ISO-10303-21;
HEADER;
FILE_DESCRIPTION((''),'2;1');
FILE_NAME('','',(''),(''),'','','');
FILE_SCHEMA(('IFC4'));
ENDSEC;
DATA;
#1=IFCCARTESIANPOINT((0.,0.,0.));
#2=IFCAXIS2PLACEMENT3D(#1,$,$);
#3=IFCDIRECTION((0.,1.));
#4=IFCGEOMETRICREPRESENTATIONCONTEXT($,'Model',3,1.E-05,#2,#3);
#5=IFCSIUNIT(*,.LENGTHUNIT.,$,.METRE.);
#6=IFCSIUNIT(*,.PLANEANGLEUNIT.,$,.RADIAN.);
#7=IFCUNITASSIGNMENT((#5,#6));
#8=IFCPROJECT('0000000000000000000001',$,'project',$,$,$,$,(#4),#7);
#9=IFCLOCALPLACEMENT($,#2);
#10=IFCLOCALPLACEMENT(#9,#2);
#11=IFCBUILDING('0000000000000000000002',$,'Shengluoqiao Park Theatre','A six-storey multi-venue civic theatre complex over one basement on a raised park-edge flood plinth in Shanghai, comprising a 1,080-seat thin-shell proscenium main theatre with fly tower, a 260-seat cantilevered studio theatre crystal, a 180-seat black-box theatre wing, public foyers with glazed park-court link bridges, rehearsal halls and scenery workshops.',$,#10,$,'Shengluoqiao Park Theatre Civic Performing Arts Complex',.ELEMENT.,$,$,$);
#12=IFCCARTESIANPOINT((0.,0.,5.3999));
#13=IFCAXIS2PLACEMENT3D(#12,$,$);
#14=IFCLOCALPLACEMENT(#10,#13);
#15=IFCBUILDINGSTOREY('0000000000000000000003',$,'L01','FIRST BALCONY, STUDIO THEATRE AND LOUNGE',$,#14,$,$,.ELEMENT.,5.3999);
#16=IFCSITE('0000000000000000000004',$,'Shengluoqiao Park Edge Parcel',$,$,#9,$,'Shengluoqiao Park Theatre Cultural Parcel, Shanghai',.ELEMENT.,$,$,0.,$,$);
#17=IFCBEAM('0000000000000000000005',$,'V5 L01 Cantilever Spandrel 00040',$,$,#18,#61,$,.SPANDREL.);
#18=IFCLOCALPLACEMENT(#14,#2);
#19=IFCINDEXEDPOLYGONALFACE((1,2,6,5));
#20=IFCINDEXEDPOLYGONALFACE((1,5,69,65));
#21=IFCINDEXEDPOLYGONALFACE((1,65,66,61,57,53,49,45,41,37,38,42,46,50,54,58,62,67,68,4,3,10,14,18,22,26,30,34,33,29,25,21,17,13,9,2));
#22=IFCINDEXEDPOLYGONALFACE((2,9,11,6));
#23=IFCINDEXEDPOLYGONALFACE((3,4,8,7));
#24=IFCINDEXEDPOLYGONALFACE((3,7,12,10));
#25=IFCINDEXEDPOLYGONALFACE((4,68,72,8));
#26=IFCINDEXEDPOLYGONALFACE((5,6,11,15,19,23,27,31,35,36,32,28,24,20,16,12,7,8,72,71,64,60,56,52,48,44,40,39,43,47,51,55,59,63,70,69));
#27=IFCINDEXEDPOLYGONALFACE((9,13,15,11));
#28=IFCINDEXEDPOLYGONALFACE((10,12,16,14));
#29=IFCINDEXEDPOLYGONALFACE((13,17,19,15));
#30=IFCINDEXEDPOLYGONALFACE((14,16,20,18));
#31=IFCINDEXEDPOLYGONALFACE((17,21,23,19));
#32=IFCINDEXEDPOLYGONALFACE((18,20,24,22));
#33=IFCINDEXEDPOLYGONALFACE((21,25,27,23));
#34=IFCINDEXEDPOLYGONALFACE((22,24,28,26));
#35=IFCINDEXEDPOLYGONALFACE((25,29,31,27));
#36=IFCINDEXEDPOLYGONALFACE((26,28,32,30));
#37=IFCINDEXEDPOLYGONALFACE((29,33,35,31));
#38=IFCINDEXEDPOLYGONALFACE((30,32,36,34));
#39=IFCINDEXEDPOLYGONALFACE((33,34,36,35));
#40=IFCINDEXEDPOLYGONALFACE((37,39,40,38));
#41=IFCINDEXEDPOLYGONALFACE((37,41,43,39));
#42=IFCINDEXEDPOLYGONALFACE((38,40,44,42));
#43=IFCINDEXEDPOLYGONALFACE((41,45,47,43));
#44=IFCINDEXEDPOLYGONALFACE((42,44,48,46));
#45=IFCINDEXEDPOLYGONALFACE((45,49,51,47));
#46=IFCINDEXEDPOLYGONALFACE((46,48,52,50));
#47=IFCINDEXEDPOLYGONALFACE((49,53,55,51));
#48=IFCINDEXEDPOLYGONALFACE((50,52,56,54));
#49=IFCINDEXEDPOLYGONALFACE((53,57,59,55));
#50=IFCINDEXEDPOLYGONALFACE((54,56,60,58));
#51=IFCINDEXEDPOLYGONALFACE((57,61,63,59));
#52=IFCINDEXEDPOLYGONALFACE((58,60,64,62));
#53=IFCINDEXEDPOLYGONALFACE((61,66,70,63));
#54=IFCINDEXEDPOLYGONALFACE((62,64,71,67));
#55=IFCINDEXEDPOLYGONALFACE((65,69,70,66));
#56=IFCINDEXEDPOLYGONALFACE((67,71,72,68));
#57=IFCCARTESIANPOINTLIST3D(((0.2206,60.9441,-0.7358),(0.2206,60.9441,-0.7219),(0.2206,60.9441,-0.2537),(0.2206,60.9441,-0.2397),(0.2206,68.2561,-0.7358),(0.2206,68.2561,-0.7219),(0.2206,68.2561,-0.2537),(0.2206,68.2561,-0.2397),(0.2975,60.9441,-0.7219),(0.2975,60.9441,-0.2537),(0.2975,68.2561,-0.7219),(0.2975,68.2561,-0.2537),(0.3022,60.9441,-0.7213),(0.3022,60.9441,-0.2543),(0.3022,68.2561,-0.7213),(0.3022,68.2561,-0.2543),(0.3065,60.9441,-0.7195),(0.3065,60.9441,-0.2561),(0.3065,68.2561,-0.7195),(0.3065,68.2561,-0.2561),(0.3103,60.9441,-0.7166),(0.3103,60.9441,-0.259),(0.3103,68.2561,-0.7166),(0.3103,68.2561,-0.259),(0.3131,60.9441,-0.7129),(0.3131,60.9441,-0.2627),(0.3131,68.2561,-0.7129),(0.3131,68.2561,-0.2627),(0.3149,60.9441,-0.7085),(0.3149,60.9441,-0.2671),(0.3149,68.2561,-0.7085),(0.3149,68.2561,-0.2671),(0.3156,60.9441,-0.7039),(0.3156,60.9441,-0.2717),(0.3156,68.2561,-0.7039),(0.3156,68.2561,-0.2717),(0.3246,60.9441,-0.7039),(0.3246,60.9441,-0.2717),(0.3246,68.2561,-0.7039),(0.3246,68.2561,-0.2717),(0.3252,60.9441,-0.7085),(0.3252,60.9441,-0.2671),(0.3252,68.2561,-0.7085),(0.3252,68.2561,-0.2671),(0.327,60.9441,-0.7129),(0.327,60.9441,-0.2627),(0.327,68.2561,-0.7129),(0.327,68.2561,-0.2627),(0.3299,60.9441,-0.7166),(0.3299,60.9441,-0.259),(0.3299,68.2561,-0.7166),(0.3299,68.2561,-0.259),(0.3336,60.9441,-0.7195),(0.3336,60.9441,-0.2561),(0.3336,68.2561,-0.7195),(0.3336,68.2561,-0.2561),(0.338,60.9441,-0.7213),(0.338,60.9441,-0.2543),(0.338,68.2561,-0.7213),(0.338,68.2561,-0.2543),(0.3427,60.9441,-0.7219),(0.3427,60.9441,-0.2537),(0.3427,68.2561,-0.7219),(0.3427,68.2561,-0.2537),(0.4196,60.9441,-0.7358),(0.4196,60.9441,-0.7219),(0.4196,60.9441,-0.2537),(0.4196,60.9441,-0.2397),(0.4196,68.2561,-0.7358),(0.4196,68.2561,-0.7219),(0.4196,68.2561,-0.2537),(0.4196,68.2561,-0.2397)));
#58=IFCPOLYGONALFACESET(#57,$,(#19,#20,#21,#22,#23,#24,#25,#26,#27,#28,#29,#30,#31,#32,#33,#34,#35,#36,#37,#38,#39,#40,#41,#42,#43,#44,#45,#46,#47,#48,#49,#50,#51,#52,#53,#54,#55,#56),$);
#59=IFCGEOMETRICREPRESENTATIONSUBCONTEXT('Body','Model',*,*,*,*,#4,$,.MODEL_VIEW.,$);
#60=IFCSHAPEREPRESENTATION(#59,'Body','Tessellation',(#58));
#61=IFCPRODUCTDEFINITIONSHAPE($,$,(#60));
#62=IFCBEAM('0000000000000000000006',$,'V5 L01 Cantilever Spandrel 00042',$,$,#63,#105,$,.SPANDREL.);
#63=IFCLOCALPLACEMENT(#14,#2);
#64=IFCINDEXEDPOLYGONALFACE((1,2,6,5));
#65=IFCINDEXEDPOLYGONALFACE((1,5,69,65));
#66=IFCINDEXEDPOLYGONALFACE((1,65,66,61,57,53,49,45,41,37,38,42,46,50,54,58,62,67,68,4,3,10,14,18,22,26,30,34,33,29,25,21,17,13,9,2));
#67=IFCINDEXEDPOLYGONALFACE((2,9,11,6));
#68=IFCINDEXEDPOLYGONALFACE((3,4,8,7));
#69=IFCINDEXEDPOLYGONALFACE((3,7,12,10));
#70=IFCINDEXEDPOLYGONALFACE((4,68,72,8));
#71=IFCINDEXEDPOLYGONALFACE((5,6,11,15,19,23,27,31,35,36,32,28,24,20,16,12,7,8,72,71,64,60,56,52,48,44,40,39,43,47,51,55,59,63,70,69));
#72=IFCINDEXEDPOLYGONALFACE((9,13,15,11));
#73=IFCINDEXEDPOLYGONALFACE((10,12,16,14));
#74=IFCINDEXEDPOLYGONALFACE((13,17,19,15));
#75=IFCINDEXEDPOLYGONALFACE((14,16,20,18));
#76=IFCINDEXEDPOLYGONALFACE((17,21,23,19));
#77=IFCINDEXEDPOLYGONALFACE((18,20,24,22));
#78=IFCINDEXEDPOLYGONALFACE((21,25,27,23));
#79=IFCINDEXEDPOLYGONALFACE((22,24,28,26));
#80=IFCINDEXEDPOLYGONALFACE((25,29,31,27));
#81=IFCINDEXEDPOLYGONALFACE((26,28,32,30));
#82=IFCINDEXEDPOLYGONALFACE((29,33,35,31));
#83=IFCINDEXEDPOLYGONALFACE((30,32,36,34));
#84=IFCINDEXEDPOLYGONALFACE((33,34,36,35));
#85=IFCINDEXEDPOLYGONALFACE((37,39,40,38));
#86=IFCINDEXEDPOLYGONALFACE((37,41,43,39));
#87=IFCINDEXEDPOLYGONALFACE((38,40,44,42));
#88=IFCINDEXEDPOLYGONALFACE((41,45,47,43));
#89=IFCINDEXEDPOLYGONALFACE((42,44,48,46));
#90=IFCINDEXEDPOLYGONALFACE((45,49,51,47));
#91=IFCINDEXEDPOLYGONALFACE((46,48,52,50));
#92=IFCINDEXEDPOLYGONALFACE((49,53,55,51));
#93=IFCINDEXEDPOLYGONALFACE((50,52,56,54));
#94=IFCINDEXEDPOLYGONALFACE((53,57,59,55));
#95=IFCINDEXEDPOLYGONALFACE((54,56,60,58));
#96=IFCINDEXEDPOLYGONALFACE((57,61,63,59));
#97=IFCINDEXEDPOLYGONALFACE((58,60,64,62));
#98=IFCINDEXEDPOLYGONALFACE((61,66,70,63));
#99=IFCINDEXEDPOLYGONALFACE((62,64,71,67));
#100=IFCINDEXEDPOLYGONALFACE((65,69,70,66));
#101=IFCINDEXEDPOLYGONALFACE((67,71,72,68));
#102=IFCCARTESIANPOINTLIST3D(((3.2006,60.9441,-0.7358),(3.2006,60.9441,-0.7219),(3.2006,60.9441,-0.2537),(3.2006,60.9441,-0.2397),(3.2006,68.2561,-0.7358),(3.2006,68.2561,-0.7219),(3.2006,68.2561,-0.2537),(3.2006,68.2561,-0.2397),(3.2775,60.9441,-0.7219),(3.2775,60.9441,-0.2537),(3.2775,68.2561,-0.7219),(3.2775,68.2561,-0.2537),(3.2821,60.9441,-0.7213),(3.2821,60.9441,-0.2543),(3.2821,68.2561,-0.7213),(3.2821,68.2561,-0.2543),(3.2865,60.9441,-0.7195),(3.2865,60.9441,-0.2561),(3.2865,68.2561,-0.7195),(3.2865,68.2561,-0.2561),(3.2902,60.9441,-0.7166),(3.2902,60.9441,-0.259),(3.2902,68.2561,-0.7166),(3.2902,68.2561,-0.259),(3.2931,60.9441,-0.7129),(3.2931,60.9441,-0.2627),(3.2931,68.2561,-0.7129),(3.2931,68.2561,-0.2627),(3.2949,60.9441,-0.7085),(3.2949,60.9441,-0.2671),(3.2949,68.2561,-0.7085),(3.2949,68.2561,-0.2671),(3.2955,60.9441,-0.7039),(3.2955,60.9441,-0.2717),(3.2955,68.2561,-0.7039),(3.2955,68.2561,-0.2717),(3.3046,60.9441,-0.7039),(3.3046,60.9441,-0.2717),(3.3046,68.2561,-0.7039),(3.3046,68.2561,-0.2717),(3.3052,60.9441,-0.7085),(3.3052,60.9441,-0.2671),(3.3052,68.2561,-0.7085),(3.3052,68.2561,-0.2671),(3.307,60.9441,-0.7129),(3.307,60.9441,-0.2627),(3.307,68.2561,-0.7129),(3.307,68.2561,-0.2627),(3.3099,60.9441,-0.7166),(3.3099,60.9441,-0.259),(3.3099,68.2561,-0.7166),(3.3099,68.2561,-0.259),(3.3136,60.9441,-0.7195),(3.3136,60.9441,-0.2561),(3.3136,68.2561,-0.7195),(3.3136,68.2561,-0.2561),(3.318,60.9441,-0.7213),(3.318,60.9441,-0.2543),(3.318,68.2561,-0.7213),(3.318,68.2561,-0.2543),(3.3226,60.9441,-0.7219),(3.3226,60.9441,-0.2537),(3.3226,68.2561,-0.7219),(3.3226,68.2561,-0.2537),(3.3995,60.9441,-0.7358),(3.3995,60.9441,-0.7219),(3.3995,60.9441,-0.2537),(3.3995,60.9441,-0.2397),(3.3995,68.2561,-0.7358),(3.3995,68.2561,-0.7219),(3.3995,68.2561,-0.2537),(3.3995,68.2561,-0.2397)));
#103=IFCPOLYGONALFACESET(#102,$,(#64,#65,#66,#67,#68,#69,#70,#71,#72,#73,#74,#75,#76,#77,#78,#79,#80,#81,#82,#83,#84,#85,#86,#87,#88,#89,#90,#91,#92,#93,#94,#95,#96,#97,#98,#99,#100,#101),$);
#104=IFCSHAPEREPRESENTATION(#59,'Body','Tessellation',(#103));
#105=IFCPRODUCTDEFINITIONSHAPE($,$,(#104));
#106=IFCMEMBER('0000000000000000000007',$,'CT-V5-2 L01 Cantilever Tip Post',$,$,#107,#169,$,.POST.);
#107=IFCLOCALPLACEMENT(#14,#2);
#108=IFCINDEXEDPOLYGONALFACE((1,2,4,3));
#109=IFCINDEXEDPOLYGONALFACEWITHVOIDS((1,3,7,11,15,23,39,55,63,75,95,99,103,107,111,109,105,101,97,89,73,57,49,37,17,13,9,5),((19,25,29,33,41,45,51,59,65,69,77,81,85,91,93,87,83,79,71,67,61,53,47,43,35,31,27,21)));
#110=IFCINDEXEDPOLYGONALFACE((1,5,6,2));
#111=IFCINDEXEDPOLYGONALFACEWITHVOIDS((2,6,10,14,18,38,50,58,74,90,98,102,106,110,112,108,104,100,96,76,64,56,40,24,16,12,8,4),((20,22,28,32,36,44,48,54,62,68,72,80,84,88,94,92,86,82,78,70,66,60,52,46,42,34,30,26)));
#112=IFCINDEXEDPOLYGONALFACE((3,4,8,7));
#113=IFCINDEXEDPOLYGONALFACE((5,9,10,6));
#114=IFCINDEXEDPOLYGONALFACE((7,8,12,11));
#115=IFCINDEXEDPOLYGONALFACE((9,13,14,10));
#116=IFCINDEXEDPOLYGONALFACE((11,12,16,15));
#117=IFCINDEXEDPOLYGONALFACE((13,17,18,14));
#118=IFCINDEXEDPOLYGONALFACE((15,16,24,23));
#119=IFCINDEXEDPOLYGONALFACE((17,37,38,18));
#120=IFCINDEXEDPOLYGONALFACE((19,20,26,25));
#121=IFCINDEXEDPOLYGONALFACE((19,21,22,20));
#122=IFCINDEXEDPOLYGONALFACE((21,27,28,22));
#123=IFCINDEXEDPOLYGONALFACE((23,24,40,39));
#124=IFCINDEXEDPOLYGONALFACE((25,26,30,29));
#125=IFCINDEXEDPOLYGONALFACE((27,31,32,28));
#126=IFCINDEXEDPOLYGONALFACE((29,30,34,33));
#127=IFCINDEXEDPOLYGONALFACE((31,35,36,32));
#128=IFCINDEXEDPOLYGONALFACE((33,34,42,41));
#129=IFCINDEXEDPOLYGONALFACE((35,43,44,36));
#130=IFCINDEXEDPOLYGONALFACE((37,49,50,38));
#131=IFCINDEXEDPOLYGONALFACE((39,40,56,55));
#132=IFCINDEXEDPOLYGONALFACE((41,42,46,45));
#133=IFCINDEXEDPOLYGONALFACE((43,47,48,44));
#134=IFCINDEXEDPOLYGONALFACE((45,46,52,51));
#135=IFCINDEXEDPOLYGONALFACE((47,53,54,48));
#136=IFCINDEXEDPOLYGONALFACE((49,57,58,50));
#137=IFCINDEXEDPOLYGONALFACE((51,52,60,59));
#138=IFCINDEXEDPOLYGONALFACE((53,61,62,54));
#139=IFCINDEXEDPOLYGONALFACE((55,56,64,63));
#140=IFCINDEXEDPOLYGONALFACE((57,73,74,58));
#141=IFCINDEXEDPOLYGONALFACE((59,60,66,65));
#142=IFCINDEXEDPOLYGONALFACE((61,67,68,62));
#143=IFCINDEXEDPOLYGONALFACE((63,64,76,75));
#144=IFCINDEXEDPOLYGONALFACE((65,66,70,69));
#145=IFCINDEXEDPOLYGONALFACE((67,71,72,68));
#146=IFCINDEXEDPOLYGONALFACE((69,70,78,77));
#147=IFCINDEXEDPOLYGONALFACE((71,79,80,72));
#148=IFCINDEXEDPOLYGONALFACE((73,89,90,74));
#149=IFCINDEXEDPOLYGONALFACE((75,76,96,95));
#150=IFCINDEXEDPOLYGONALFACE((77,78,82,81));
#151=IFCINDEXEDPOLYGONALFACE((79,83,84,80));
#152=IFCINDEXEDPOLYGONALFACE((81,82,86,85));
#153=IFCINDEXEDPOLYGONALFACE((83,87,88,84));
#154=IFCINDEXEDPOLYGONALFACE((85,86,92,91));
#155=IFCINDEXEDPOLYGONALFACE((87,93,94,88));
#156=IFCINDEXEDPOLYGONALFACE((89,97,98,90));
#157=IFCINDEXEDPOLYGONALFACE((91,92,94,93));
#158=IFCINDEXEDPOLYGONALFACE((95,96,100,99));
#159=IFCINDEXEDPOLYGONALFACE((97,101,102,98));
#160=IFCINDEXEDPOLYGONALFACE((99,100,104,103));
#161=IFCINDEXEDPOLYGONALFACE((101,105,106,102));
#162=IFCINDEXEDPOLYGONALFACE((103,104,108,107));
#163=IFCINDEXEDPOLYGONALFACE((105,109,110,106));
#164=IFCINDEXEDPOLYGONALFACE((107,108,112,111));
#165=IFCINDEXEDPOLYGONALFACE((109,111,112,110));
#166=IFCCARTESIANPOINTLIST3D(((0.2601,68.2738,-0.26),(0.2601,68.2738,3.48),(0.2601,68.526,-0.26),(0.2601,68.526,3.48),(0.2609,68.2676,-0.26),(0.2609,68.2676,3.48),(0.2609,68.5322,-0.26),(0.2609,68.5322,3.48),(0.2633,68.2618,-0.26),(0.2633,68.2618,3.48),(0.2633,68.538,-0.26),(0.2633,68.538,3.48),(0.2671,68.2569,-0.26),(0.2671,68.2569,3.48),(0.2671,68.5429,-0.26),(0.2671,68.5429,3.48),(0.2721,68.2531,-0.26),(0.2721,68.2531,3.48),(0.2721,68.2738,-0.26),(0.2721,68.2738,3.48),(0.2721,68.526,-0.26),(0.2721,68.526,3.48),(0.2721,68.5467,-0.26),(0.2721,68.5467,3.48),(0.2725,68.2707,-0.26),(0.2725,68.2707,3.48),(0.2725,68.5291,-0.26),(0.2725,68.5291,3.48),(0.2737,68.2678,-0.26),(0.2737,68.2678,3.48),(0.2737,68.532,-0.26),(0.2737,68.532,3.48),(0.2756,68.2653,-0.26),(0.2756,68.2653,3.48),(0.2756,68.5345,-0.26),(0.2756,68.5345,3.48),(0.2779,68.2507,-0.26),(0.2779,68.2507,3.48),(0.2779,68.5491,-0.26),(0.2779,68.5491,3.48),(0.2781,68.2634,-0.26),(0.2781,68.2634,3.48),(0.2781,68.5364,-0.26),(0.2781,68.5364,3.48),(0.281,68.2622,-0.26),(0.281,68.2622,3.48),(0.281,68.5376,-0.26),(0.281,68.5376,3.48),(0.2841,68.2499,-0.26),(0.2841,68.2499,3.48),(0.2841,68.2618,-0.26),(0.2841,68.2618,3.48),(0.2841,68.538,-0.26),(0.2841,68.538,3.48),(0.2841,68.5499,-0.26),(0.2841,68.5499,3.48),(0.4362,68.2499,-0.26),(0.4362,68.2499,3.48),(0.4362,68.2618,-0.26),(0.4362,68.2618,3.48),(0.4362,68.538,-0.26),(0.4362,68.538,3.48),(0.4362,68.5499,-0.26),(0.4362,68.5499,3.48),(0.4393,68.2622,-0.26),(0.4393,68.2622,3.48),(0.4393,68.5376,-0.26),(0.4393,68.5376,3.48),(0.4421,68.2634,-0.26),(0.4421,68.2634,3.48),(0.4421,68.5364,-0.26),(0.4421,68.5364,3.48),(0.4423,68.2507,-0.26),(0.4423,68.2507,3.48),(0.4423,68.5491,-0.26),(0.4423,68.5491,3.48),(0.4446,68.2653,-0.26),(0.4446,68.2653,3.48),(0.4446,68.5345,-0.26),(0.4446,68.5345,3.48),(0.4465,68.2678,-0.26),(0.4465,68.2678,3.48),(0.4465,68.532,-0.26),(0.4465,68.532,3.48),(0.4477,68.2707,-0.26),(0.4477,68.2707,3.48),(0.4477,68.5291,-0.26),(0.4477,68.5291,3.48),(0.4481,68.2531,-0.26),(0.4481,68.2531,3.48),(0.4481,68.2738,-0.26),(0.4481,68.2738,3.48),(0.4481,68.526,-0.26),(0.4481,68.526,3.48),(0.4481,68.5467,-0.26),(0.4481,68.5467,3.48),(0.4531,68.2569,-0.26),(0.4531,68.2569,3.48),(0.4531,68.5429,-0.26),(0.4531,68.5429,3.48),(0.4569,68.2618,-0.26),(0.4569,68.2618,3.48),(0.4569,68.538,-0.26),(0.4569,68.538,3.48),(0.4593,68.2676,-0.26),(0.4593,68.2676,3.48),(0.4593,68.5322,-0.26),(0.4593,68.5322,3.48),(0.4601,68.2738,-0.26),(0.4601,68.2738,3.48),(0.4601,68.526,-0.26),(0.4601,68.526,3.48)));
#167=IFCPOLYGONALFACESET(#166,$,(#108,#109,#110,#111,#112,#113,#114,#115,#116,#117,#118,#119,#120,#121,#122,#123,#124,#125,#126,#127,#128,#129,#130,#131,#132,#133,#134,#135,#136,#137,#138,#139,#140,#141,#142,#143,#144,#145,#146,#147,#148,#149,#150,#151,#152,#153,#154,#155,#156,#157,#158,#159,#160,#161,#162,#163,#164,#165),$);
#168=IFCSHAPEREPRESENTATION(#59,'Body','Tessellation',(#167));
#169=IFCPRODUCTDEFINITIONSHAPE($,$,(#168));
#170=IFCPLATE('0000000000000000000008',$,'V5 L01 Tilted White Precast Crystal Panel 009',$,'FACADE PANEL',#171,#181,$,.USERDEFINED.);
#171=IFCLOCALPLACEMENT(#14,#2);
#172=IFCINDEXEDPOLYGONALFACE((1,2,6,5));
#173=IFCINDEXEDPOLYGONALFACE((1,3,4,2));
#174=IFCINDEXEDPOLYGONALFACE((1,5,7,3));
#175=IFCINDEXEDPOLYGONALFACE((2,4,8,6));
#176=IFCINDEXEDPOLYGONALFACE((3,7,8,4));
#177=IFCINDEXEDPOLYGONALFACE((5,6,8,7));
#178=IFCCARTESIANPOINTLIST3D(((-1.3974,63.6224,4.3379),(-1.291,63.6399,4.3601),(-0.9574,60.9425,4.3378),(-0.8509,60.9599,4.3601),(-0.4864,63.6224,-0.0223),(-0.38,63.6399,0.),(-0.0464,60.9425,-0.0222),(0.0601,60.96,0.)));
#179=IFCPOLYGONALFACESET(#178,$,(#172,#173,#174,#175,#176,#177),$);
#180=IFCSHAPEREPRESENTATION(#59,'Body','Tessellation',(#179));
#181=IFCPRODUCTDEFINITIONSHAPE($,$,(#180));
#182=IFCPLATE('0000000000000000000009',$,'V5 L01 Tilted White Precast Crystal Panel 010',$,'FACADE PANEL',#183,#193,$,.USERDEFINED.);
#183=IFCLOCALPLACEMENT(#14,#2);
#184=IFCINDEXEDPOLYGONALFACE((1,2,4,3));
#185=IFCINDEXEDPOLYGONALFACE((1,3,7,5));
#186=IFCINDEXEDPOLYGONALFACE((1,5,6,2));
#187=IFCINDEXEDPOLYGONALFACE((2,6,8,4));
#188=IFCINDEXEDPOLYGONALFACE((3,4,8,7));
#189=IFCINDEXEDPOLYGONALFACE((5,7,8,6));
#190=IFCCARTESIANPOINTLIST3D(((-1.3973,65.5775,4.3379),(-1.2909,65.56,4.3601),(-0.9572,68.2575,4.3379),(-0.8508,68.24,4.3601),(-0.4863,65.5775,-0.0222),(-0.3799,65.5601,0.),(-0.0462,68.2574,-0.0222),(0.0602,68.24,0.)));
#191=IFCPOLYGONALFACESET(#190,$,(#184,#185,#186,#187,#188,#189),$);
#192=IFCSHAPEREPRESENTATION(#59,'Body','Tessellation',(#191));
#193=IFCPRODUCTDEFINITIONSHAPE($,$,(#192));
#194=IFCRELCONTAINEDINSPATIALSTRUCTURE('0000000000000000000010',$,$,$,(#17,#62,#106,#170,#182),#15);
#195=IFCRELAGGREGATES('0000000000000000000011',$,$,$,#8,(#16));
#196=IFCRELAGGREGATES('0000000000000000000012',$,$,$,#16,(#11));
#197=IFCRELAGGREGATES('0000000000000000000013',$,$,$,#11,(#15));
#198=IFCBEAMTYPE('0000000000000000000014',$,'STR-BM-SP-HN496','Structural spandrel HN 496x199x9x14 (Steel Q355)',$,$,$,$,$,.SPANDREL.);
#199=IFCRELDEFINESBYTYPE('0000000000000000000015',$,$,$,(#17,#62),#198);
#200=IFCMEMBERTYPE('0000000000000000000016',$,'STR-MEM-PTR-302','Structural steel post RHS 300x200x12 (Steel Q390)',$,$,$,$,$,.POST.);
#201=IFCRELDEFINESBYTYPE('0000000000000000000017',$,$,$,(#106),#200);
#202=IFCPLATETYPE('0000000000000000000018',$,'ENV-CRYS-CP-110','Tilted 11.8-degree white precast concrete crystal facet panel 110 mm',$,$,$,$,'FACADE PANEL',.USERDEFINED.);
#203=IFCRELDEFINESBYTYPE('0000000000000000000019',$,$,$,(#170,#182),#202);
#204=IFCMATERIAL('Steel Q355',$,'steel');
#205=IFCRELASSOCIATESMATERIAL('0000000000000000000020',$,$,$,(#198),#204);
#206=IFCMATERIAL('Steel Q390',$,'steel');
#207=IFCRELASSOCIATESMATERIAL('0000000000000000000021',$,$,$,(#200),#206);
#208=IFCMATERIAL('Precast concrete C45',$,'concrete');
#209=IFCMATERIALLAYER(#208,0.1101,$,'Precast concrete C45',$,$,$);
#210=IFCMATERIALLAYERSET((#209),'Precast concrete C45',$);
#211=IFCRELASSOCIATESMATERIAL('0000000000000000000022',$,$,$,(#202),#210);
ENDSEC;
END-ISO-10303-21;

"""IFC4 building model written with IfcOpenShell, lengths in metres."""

from ifc_helpers import new_model, si_unit, direction, frame, origin, origin_2d, place, context, subcontext, project, spatial, polyline, hollow_rectangle, i_section, outline, extrude, material, layer, layer_set, material_profile, profile_set, type_object, element, save


model = new_model("IFC4")

# Units and contexts
model_context = context("Model", 3, precision=1e-05, world=origin(), true_north=direction((0.0, 1.0)))
body_context = subcontext(model_context, "Body", "Model", "MODEL_VIEW")
ifc_project = project(units=[si_unit("LENGTHUNIT", "METRE"), si_unit("PLANEANGLEUNIT", "RADIAN")], contexts=[model_context])

# Site, building, storey
site_placement = place(None, origin())
site = spatial("IfcSite", under=ifc_project, at=site_placement, Name="Shengluoqiao Park Edge Parcel", LongName="Shengluoqiao Park Theatre Cultural Parcel, Shanghai", CompositionType="ELEMENT", RefElevation=0.0)
building_placement = place(site_placement, origin())
building = spatial("IfcBuilding", under=site, at=building_placement, Name="Shengluoqiao Park Theatre", Description="A six-storey multi-venue civic theatre complex over one basement on a raised park-edge flood plinth in Shanghai, comprising a 1,080-seat thin-shell proscenium main theatre with fly tower, a 260-seat cantilevered studio theatre crystal, a 180-seat black-box theatre wing, public foyers with glazed park-court link bridges, rehearsal halls and scenery workshops.", LongName="Shengluoqiao Park Theatre Civic Performing Arts Complex", CompositionType="ELEMENT")
storey_placement = place(building_placement, frame((0.0, 0.0, 5.3999)))
storey = spatial("IfcBuildingStorey", under=building, at=storey_placement, Name="L01", Description="FIRST BALCONY, STUDIO THEATRE AND LOUNGE", CompositionType="ELEMENT", Elevation=5.3999)

# Beams
ifc_material_1 = material(Name="Steel Q355", Category="steel")
ifc_material_2 = material(Name="Steel Q390", Category="steel")
ifc_material_profile_1 = material_profile(ifc_material_1, i_section(OverallWidth=0.199, OverallDepth=0.4961, WebThickness=0.009, FlangeThickness=0.0139, FilletRadius=0.0181, at=origin_2d()), Name="HN 496x199x9x14")
ifc_profile_set_1 = profile_set([ifc_material_profile_1], Name="Steel Q355")
beam_type_1 = type_object("IfcBeamType", Name="STR-BM-SP-HN496", Description="Structural spandrel HN 496x199x9x14 (Steel Q355)", PredefinedType="SPANDREL", material=ifc_profile_set_1)
for number, where, z_axis, x_axis, name in (
    (1, (0.3201, 60.9441, -0.4878), (0.0, 1.0, 0.0), (-1.0, 0.0, 0.0), "V5 L01 Cantilever Spandrel 00040"),
    (2, (3.3, 60.9441, -0.4878), (0.0, 1.0, 0.0), (-1.0, 0.0, 0.0), "V5 L01 Cantilever Spandrel 00042"),
):
    element("IfcBeam", number, at=place(storey_placement, frame(where, z_axis=z_axis, x_axis=x_axis)), inside=storey, type_object=beam_type_1, Name=name, PredefinedType="SPANDREL", context=body_context, shape_type="SweptSolid", body=[
        extrude(i_section(OverallWidth=0.199, OverallDepth=0.4961, WebThickness=0.009, FlangeThickness=0.0139, FilletRadius=0.0181, at=origin_2d()), origin(), (0.0, 0.0, 1.0), 7.312),
    ])

# Member
ifc_material_profile_2 = material_profile(ifc_material_2, hollow_rectangle(XDim=0.2, YDim=0.3, WallThickness=0.012, InnerFilletRadius=0.012, OuterFilletRadius=0.0239, at=origin_2d()), Name="RHS 300x200x12")
ifc_profile_set_2 = profile_set([ifc_material_profile_2], Name="Steel Q390")
member_type_1 = type_object("IfcMemberType", Name="STR-MEM-PTR-302", Description="Structural steel post RHS 300x200x12 (Steel Q390)", PredefinedType="POST", material=ifc_profile_set_2)
member_1_placement = place(storey_placement, frame((0.3601, 68.3999, -0.26), z_axis=(0.0, 0.0, 1.0), x_axis=(1.0, 0.0, 0.0)))
element("IfcMember", 3, at=member_1_placement, inside=storey, type_object=member_type_1, Name="CT-V5-2 L01 Cantilever Tip Post", PredefinedType="POST", context=body_context, shape_type="SweptSolid", body=[
    extrude(hollow_rectangle(XDim=0.2, YDim=0.3, WallThickness=0.012, InnerFilletRadius=0.012, OuterFilletRadius=0.0239, at=origin_2d()), origin(), (0.0, 0.0, 1.0), 3.74),
])

# Plates
ifc_material_3 = material(Name="Precast concrete C45", Category="concrete")
ifc_layer_1 = layer(ifc_material_3, 0.1101, Name="Precast concrete C45")
ifc_layer_set_1 = layer_set([ifc_layer_1], Name="Precast concrete C45")
plate_type_1 = type_object("IfcPlateType", Name="ENV-CRYS-CP-110", Description="Tilted 11.8-degree white precast concrete crystal facet panel 110 mm", ElementType="FACADE PANEL", PredefinedType="USERDEFINED", material=ifc_layer_set_1)
plate_1_placement = place(storey_placement, frame((0.0601, 60.96, 0.0), z_axis=(0.966456, 0.158699, 0.201934), x_axis=(-0.162035, 0.986785, -0.000009)))
element("IfcPlate", 4, at=plate_1_placement, inside=storey, type_object=plate_type_1, Name="V5 L01 Tilted White Precast Crystal Panel 009", ObjectType="FACADE PANEL", PredefinedType="USERDEFINED", context=body_context, shape_type="SweptSolid", body=[
    extrude(outline(polyline([(0.0, 0.0), (2.7158, 0.0), (2.8634, 4.4518), (0.1476, 4.4518), (0.0, 0.0)])), origin(), (0.0, 0.0, -1.0), 0.1101),
])
plate_2_placement = place(storey_placement, frame((-0.3799, 65.5601, 0.0), z_axis=(0.966456, -0.158699, 0.201934), x_axis=(0.162035, 0.986785, 0.000009)))
element("IfcPlate", 5, at=plate_2_placement, inside=storey, type_object=plate_type_1, Name="V5 L01 Tilted White Precast Crystal Panel 010", ObjectType="FACADE PANEL", PredefinedType="USERDEFINED", context=body_context, shape_type="SweptSolid", body=[
    extrude(outline(polyline([(0.0, 0.0), (2.7158, 0.0), (2.5682, 4.4518), (-0.1476, 4.4518), (0.0, 0.0)])), origin(), (0.0, 0.0, -1.0), 0.1101),
])

save(model, "model.ifc")
